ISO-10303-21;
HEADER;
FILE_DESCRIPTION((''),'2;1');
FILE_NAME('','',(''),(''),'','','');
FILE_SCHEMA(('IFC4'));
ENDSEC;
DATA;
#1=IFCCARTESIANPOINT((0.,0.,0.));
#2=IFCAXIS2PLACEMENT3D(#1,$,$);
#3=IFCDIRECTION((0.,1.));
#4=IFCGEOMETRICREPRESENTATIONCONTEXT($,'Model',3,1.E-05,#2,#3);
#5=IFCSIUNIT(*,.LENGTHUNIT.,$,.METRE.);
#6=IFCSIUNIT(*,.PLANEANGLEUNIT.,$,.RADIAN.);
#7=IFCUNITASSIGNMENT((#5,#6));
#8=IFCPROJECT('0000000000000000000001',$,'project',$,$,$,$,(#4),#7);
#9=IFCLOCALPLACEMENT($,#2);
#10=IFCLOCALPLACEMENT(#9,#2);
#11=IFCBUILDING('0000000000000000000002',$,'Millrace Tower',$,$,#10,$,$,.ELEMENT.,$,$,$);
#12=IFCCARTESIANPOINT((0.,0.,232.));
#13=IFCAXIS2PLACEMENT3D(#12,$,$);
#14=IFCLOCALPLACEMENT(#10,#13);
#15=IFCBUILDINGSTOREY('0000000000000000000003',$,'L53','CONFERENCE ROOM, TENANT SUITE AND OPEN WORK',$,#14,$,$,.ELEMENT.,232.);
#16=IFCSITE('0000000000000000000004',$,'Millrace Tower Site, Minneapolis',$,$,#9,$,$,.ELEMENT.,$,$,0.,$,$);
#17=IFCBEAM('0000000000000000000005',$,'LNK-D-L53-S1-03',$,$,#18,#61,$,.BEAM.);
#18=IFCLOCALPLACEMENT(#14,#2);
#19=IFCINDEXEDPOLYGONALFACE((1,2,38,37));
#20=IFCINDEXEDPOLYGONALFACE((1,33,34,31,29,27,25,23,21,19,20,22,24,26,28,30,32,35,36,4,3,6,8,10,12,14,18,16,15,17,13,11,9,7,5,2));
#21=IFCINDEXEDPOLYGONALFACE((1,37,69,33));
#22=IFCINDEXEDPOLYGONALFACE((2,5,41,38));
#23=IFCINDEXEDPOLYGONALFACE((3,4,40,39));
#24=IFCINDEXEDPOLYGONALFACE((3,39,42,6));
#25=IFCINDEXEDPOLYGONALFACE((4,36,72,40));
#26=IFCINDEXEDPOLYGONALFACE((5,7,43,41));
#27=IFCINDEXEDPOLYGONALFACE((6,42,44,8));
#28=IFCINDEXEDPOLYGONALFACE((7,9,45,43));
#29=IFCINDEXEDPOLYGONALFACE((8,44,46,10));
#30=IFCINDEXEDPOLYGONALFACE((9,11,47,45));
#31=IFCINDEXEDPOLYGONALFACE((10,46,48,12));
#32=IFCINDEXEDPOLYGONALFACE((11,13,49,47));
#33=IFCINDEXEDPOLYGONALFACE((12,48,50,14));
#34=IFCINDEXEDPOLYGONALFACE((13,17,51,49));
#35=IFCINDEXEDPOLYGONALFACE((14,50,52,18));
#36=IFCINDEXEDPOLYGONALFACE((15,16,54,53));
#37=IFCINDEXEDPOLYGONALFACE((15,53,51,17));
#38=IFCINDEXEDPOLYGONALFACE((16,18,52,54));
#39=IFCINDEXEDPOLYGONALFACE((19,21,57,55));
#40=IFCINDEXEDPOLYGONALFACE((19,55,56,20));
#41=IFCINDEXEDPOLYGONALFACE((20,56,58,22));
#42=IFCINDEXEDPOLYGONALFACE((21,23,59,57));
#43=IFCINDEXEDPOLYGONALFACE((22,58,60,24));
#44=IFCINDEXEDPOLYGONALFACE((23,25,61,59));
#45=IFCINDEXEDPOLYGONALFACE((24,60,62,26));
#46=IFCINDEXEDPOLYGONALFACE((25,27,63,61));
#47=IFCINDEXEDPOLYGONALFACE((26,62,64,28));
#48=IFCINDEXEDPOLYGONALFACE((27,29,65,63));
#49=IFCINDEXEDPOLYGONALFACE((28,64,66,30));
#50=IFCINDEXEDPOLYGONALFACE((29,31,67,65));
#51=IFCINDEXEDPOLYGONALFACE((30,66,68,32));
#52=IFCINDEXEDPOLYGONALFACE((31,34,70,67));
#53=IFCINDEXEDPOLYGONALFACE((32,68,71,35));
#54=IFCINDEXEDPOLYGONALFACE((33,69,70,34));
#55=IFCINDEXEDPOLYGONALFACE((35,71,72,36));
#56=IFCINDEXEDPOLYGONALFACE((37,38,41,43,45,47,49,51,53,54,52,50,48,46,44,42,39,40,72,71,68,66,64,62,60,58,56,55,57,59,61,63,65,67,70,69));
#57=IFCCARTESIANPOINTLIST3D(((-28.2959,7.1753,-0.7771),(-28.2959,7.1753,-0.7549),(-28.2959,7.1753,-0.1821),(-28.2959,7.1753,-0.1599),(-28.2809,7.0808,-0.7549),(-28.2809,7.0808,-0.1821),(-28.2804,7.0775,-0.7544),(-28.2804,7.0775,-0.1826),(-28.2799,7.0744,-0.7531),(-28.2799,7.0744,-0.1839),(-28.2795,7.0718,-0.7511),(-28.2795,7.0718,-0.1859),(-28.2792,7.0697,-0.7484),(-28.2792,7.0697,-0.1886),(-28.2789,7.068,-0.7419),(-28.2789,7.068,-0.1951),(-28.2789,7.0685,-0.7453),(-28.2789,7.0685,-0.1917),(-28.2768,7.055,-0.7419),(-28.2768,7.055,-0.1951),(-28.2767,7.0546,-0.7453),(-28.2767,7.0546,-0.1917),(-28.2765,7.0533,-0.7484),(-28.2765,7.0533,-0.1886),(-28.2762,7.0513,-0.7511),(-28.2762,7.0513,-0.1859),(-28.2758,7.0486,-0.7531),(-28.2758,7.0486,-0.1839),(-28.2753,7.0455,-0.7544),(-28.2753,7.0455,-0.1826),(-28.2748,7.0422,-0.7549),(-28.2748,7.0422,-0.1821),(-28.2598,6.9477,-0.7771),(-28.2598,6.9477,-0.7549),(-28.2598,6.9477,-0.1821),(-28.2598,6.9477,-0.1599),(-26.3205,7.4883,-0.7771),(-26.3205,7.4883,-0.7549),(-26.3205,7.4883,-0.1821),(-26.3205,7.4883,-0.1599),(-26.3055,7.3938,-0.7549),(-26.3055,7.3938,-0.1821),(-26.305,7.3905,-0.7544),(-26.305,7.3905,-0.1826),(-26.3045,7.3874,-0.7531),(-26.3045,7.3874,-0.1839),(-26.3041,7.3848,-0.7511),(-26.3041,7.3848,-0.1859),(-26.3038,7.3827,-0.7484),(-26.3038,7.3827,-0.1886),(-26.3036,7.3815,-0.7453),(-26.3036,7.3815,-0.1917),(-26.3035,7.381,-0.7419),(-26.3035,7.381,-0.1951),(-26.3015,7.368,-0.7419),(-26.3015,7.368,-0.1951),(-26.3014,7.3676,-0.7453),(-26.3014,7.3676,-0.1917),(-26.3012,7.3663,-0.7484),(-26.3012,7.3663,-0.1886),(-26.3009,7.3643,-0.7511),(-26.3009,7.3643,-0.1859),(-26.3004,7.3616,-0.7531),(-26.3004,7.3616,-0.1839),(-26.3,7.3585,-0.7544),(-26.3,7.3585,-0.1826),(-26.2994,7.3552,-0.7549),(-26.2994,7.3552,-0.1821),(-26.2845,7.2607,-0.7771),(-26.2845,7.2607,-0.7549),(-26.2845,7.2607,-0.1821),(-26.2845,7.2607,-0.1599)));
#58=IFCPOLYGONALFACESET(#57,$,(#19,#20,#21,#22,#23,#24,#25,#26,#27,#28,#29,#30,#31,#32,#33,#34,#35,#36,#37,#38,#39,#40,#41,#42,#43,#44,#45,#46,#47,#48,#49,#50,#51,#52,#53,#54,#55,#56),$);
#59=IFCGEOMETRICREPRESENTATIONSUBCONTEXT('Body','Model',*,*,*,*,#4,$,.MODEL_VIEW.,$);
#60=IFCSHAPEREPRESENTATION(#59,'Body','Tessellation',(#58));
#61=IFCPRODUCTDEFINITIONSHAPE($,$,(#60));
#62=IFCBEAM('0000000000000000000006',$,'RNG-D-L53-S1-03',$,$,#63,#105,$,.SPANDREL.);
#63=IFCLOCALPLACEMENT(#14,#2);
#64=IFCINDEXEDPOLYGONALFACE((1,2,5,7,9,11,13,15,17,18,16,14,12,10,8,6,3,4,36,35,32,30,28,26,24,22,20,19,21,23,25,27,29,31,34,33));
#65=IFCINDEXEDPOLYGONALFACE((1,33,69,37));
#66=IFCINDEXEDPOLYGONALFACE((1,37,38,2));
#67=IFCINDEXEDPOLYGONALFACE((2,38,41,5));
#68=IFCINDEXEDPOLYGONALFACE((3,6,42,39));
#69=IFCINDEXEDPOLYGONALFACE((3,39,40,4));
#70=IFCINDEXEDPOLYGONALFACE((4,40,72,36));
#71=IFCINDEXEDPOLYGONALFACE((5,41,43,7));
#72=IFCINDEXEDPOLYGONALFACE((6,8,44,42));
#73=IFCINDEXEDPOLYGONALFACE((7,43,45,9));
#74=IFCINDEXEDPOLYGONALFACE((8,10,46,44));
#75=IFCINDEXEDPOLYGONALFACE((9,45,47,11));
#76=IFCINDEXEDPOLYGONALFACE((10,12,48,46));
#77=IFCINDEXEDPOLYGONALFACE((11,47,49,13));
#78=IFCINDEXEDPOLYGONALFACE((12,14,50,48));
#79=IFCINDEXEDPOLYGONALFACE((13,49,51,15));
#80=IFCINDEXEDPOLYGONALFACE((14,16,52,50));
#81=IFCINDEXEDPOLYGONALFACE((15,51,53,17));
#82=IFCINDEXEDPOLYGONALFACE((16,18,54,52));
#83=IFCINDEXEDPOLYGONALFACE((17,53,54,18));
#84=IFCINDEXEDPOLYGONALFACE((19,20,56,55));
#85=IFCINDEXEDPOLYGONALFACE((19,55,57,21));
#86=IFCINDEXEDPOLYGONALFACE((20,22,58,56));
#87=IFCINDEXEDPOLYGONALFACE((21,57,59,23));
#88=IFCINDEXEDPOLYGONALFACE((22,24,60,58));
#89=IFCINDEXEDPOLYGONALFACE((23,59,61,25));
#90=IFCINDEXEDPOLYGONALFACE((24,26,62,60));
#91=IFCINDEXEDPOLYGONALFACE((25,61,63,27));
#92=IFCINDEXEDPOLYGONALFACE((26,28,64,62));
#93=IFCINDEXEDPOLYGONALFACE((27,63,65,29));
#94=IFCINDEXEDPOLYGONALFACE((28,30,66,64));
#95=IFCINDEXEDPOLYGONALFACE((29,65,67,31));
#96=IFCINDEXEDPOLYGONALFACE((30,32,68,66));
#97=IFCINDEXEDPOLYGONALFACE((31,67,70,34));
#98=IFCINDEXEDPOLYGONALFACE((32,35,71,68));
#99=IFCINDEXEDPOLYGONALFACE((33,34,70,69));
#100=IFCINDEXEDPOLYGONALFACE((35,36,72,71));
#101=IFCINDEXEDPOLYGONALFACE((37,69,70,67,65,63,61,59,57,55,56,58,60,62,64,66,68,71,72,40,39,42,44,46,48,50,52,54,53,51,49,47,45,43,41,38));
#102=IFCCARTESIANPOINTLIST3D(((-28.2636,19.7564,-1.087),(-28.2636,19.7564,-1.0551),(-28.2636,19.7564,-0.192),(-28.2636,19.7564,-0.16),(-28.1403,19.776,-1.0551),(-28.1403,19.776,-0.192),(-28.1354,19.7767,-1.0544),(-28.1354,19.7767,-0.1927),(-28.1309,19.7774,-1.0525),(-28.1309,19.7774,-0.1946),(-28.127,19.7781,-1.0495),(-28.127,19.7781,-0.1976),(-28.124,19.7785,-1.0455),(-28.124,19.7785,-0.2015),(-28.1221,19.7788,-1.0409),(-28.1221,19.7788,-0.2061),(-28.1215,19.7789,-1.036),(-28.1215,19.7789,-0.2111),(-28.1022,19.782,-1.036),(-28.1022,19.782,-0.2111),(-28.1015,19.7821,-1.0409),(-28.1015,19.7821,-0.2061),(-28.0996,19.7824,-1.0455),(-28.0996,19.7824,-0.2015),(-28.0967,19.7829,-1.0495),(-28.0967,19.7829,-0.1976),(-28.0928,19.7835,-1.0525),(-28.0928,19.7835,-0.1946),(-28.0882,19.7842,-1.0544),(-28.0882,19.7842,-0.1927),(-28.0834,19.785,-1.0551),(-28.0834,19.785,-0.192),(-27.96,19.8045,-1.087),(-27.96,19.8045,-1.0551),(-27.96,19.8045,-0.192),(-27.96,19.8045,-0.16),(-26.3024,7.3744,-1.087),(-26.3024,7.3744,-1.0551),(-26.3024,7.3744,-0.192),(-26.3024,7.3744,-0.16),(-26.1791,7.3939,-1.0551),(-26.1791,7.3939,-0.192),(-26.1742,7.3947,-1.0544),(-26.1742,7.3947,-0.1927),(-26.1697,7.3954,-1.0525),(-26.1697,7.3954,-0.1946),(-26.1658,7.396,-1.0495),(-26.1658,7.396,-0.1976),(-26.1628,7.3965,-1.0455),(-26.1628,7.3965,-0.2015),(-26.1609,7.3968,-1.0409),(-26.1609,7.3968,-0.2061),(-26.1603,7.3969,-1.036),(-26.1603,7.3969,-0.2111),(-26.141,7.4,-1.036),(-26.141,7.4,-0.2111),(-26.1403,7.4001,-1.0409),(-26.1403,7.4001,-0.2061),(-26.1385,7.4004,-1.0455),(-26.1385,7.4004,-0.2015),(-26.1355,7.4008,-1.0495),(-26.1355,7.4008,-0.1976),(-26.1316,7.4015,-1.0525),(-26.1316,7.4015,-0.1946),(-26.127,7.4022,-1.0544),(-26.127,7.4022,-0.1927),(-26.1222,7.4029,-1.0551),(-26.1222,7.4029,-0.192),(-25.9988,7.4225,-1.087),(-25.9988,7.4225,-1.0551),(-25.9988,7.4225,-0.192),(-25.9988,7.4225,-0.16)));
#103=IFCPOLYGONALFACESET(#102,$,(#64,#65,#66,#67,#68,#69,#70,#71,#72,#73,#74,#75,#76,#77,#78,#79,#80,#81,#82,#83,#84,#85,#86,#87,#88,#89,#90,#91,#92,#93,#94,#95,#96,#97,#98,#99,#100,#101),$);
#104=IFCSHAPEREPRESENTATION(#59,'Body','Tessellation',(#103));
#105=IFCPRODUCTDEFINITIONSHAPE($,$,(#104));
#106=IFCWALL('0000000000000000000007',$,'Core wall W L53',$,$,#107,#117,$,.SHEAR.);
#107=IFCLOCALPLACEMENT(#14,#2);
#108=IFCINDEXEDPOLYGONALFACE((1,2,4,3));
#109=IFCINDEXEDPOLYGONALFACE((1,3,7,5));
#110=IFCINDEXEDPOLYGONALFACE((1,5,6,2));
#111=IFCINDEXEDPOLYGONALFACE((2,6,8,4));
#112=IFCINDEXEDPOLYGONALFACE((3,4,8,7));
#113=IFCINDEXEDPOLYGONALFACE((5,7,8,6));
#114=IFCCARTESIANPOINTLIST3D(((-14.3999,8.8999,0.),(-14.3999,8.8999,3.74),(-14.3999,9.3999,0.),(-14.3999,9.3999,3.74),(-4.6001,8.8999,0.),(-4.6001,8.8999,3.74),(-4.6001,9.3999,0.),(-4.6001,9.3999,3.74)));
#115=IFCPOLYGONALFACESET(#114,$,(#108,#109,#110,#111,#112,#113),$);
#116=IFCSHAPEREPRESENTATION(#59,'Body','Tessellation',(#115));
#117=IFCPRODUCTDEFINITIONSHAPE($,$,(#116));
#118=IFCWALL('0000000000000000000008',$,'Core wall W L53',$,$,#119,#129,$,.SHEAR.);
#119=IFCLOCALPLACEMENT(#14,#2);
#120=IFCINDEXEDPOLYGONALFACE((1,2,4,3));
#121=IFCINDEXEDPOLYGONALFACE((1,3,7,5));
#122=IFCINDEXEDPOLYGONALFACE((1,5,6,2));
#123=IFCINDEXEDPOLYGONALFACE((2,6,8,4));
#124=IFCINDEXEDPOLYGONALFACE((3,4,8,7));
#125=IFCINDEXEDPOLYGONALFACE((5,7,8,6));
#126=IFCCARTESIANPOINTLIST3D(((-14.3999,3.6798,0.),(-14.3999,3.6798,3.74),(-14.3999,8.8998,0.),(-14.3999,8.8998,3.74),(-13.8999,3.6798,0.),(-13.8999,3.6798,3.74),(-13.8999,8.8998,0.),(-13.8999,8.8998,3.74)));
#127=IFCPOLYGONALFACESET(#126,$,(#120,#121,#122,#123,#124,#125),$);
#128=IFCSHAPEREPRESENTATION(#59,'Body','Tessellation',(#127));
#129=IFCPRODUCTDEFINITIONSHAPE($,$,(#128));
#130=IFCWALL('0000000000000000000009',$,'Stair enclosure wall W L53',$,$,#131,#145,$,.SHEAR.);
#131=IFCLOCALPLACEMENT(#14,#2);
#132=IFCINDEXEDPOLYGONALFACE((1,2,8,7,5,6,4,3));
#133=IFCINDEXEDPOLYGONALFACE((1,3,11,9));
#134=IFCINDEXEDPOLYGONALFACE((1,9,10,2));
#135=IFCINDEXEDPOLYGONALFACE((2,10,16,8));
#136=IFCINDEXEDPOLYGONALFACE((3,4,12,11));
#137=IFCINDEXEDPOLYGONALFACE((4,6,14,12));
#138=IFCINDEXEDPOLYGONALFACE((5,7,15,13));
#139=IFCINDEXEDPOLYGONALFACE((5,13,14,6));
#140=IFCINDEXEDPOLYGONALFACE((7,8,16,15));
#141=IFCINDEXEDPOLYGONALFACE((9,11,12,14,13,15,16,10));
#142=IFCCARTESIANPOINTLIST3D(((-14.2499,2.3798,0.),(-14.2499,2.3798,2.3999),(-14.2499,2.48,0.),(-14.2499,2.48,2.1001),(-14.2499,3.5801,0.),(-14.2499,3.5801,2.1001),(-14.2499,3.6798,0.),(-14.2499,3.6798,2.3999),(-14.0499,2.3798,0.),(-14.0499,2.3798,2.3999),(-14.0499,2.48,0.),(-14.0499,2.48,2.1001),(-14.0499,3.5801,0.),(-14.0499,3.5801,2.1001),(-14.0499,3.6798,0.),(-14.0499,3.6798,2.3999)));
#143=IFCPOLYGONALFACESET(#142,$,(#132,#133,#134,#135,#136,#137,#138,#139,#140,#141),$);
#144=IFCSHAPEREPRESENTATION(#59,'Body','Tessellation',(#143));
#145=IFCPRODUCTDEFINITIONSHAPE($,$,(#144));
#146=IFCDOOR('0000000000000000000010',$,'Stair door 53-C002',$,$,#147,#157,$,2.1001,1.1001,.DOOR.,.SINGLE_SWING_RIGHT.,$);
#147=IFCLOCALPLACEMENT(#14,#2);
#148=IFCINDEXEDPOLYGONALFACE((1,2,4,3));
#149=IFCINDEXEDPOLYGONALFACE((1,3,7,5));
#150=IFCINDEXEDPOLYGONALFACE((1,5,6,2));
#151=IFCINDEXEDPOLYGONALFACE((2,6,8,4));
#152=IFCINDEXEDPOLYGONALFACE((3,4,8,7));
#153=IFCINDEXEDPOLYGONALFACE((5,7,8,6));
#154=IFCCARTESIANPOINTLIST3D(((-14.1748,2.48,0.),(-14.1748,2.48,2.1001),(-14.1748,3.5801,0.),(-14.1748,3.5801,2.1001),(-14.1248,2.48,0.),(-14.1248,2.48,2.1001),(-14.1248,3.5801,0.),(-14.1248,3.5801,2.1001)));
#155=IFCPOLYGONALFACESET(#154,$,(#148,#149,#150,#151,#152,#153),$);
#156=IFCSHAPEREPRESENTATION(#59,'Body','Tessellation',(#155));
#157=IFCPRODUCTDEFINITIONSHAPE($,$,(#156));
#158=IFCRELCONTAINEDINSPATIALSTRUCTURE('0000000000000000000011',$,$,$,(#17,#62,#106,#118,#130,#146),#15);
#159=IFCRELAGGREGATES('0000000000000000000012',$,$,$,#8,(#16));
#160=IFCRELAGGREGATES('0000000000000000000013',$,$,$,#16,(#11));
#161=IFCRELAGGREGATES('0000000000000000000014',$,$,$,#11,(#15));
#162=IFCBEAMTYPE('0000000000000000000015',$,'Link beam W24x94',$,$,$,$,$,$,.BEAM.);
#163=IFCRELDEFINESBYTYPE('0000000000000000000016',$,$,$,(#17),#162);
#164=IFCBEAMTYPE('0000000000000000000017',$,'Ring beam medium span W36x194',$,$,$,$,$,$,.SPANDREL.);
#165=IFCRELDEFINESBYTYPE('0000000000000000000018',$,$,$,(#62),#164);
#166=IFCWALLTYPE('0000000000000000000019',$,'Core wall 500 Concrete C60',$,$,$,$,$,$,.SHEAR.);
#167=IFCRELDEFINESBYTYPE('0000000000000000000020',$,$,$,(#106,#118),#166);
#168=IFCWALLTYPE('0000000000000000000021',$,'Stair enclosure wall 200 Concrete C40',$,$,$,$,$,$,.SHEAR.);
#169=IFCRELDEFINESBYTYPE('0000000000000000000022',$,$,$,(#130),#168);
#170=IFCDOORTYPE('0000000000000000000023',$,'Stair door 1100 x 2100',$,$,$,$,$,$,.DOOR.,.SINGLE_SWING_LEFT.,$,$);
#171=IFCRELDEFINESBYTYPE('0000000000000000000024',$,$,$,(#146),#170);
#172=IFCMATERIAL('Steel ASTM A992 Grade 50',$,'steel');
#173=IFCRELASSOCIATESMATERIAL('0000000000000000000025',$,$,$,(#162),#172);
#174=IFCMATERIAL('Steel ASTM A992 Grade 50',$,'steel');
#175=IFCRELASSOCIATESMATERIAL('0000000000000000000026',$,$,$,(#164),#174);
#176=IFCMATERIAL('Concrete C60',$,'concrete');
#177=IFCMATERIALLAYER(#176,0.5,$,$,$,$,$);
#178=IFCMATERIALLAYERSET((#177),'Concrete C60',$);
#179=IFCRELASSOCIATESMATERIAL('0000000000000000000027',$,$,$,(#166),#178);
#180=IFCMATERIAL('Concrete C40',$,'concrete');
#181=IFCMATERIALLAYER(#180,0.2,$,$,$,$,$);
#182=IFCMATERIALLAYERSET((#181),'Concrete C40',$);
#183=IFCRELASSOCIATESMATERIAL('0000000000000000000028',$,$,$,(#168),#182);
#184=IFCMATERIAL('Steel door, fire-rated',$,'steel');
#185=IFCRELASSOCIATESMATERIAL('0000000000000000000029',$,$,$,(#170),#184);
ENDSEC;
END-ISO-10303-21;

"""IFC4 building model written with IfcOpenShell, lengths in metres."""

from ifc_helpers import new_model, si_unit, direction, frame, frame_2d, origin, origin_2d, place, context, subcontext, project, spatial, rectangle, i_section, extrude, material, layer, layer_set, material_profile, profile_set, type_object, element, fill, save


model = new_model("IFC4")

# Units and contexts
model_context = context("Model", 3, precision=1e-05, world=origin(), true_north=direction((0.0, 1.0)))
body_context = subcontext(model_context, "Body", "Model", "MODEL_VIEW")
ifc_project = project(units=[si_unit("LENGTHUNIT", "METRE"), si_unit("PLANEANGLEUNIT", "RADIAN")], contexts=[model_context])

# Site, building, storey
site_placement = place(None, origin())
site = spatial("IfcSite", under=ifc_project, at=site_placement, Name="Millrace Tower Site, Minneapolis", CompositionType="ELEMENT", RefElevation=0.0)
building_placement = place(site_placement, origin())
building = spatial("IfcBuilding", under=site, at=building_placement, Name="Millrace Tower", CompositionType="ELEMENT")
storey_placement = place(building_placement, frame((0.0, 0.0, 232.0)))
storey = spatial("IfcBuildingStorey", under=building, at=storey_placement, Name="L53", Description="CONFERENCE ROOM, TENANT SUITE AND OPEN WORK", CompositionType="ELEMENT", Elevation=232.0)

# Beams
ifc_material_1 = material(Name="Steel ASTM A992 Grade 50", Category="steel")
ifc_material_profile_1 = material_profile(ifc_material_1, i_section(OverallWidth=0.2305, OverallDepth=0.6172, WebThickness=0.0132, FlangeThickness=0.0222, FilletRadius=0.0129, at=origin_2d()))
ifc_profile_set_1 = profile_set([ifc_material_profile_1], Name="Steel ASTM A992 Grade 50")
beam_type_1 = type_object("IfcBeamType", Name="Link beam W24x94", PredefinedType="BEAM", material=ifc_profile_set_1)
beam_1_placement = place(storey_placement, frame((-26.3025, 7.3745, -0.4685), z_axis=(-0.987679, -0.156495, 0.0), x_axis=(0.156495, -0.987679, 0.0)))
element("IfcBeam", 1, at=beam_1_placement, inside=storey, type_object=beam_type_1, Name="LNK-D-L53-S1-03", PredefinedType="BEAM", context=body_context, shape_type="SweptSolid", body=[
    extrude(i_section(OverallWidth=0.2305, OverallDepth=0.6172, WebThickness=0.0132, FlangeThickness=0.0222, FilletRadius=0.0129, at=origin_2d()), origin(), (0.0, 0.0, 1.0), 2.0),
])
ifc_material_2 = material(Name="Steel ASTM A992 Grade 50", Category="steel")
ifc_material_profile_2 = material_profile(ifc_material_2, i_section(OverallWidth=0.3074, OverallDepth=0.927, WebThickness=0.0195, FlangeThickness=0.032, FilletRadius=0.019, at=origin_2d()))
ifc_profile_set_2 = profile_set([ifc_material_profile_2], Name="Steel ASTM A992 Grade 50")
beam_type_2 = type_object("IfcBeamType", Name="Ring beam medium span W36x194", PredefinedType="SPANDREL", material=ifc_profile_set_2)
beam_2_placement = place(storey_placement, frame((-26.1506, 7.3984, -0.6235), z_axis=(-0.156439, 0.987688, 0.0), x_axis=(-0.987688, -0.156439, 0.0)))
element("IfcBeam", 2, at=beam_2_placement, inside=storey, type_object=beam_type_2, Name="RNG-D-L53-S1-03", PredefinedType="SPANDREL", context=body_context, shape_type="SweptSolid", body=[
    extrude(i_section(OverallWidth=0.3074, OverallDepth=0.927, WebThickness=0.0195, FlangeThickness=0.032, FilletRadius=0.019, at=origin_2d()), origin(), (0.0, 0.0, 1.0), 12.5364),
])

# Walls
ifc_material_3 = material(Name="Concrete C60", Category="concrete")
ifc_layer_1 = layer(ifc_material_3, 0.5)
ifc_layer_set_1 = layer_set([ifc_layer_1], Name="Concrete C60")
wall_type_1 = type_object("IfcWallType", Name="Core wall 500 Concrete C60", PredefinedType="SHEAR", material=ifc_layer_set_1)
wall_1_placement = place(storey_placement, frame((-14.3999, 9.1499, 0.0), z_axis=(0.0, 0.0, 1.0), x_axis=(1.0, 0.0, 0.0)))
element("IfcWall", 3, at=wall_1_placement, inside=storey, type_object=wall_type_1, Name="Core wall W L53", PredefinedType="SHEAR", context=body_context, shape_type="SweptSolid", body=[
    extrude(rectangle(XDim=9.7998, YDim=0.5, at=frame_2d((4.8999, 0.0))), origin(), (0.0, 0.0, 1.0), 3.74),
])
wall_2_placement = place(storey_placement, frame((-14.1499, 3.6799, 0.0), z_axis=(0.0, 0.0, 1.0), x_axis=(0.0, 1.0, 0.0)))
element("IfcWall", 4, at=wall_2_placement, inside=storey, type_object=wall_type_1, Name="Core wall W L53", PredefinedType="SHEAR", context=body_context, shape_type="SweptSolid", body=[
    extrude(rectangle(XDim=5.22, YDim=0.5, at=frame_2d((2.6099, 0.0))), origin(), (0.0, 0.0, 1.0), 3.74),
])

# Wall, opening, door
ifc_material_4 = material(Name="Concrete C40", Category="concrete")
ifc_layer_2 = layer(ifc_material_4, 0.2)
ifc_layer_set_2 = layer_set([ifc_layer_2], Name="Concrete C40")
wall_type_2 = type_object("IfcWallType", Name="Stair enclosure wall 200 Concrete C40", PredefinedType="SHEAR", material=ifc_layer_set_2)
wall_3_placement = place(storey_placement, frame((-14.1499, 2.3799, 0.0), z_axis=(0.0, 0.0, 1.0), x_axis=(0.0, 1.0, 0.0)))
wall_3 = element("IfcWall", 5, at=wall_3_placement, inside=storey, type_object=wall_type_2, Name="Stair enclosure wall W L53", PredefinedType="SHEAR", context=body_context, shape_type="SweptSolid", body=[
    extrude(rectangle(XDim=1.3, YDim=0.2, at=frame_2d((0.6499, 0.0))), origin(), (0.0, 0.0, 1.0), 2.3999),
])
opening_1_placement = place(wall_3_placement, frame((0.1001, 0.0, 0.0)))
opening_1 = element("IfcOpeningElement", 6, at=opening_1_placement, cuts=wall_3, PredefinedType="OPENING", context=body_context, shape_type="SweptSolid", body=[
    extrude(rectangle(XDim=1.1001, YDim=2.1001, at=frame_2d((0.55, 1.05))), frame((0.0, 0.1099, 0.0), z_axis=(0.0, -1.0, 0.0), x_axis=(1.0, 0.0, 0.0)), (0.0, 0.0, 1.0), 0.22),
])
ifc_material_5 = material(Name="Steel door, fire-rated", Category="steel")
door_type_1 = type_object("IfcDoorType", Name="Stair door 1100 x 2100", OperationType="SINGLE_SWING_LEFT", PredefinedType="DOOR", material=ifc_material_5)
door_1_placement = place(opening_1_placement, origin())
door_1 = element("IfcDoor", 7, at=door_1_placement, inside=storey, type_object=door_type_1, Name="Stair door 53-C002", OperationType="SINGLE_SWING_RIGHT", OverallHeight=2.1001, OverallWidth=1.1001, PredefinedType="DOOR", context=body_context, shape_type="SweptSolid", body=[
    extrude(rectangle(XDim=1.1001, YDim=2.1001, at=frame_2d((0.55, 1.05))), frame((0.0, 0.0249, 0.0), z_axis=(0.0, -1.0, 0.0), x_axis=(1.0, 0.0, 0.0)), (0.0, 0.0, 1.0), 0.05),
])
fill(opening_1, door_1)

save(model, "model.ifc")
